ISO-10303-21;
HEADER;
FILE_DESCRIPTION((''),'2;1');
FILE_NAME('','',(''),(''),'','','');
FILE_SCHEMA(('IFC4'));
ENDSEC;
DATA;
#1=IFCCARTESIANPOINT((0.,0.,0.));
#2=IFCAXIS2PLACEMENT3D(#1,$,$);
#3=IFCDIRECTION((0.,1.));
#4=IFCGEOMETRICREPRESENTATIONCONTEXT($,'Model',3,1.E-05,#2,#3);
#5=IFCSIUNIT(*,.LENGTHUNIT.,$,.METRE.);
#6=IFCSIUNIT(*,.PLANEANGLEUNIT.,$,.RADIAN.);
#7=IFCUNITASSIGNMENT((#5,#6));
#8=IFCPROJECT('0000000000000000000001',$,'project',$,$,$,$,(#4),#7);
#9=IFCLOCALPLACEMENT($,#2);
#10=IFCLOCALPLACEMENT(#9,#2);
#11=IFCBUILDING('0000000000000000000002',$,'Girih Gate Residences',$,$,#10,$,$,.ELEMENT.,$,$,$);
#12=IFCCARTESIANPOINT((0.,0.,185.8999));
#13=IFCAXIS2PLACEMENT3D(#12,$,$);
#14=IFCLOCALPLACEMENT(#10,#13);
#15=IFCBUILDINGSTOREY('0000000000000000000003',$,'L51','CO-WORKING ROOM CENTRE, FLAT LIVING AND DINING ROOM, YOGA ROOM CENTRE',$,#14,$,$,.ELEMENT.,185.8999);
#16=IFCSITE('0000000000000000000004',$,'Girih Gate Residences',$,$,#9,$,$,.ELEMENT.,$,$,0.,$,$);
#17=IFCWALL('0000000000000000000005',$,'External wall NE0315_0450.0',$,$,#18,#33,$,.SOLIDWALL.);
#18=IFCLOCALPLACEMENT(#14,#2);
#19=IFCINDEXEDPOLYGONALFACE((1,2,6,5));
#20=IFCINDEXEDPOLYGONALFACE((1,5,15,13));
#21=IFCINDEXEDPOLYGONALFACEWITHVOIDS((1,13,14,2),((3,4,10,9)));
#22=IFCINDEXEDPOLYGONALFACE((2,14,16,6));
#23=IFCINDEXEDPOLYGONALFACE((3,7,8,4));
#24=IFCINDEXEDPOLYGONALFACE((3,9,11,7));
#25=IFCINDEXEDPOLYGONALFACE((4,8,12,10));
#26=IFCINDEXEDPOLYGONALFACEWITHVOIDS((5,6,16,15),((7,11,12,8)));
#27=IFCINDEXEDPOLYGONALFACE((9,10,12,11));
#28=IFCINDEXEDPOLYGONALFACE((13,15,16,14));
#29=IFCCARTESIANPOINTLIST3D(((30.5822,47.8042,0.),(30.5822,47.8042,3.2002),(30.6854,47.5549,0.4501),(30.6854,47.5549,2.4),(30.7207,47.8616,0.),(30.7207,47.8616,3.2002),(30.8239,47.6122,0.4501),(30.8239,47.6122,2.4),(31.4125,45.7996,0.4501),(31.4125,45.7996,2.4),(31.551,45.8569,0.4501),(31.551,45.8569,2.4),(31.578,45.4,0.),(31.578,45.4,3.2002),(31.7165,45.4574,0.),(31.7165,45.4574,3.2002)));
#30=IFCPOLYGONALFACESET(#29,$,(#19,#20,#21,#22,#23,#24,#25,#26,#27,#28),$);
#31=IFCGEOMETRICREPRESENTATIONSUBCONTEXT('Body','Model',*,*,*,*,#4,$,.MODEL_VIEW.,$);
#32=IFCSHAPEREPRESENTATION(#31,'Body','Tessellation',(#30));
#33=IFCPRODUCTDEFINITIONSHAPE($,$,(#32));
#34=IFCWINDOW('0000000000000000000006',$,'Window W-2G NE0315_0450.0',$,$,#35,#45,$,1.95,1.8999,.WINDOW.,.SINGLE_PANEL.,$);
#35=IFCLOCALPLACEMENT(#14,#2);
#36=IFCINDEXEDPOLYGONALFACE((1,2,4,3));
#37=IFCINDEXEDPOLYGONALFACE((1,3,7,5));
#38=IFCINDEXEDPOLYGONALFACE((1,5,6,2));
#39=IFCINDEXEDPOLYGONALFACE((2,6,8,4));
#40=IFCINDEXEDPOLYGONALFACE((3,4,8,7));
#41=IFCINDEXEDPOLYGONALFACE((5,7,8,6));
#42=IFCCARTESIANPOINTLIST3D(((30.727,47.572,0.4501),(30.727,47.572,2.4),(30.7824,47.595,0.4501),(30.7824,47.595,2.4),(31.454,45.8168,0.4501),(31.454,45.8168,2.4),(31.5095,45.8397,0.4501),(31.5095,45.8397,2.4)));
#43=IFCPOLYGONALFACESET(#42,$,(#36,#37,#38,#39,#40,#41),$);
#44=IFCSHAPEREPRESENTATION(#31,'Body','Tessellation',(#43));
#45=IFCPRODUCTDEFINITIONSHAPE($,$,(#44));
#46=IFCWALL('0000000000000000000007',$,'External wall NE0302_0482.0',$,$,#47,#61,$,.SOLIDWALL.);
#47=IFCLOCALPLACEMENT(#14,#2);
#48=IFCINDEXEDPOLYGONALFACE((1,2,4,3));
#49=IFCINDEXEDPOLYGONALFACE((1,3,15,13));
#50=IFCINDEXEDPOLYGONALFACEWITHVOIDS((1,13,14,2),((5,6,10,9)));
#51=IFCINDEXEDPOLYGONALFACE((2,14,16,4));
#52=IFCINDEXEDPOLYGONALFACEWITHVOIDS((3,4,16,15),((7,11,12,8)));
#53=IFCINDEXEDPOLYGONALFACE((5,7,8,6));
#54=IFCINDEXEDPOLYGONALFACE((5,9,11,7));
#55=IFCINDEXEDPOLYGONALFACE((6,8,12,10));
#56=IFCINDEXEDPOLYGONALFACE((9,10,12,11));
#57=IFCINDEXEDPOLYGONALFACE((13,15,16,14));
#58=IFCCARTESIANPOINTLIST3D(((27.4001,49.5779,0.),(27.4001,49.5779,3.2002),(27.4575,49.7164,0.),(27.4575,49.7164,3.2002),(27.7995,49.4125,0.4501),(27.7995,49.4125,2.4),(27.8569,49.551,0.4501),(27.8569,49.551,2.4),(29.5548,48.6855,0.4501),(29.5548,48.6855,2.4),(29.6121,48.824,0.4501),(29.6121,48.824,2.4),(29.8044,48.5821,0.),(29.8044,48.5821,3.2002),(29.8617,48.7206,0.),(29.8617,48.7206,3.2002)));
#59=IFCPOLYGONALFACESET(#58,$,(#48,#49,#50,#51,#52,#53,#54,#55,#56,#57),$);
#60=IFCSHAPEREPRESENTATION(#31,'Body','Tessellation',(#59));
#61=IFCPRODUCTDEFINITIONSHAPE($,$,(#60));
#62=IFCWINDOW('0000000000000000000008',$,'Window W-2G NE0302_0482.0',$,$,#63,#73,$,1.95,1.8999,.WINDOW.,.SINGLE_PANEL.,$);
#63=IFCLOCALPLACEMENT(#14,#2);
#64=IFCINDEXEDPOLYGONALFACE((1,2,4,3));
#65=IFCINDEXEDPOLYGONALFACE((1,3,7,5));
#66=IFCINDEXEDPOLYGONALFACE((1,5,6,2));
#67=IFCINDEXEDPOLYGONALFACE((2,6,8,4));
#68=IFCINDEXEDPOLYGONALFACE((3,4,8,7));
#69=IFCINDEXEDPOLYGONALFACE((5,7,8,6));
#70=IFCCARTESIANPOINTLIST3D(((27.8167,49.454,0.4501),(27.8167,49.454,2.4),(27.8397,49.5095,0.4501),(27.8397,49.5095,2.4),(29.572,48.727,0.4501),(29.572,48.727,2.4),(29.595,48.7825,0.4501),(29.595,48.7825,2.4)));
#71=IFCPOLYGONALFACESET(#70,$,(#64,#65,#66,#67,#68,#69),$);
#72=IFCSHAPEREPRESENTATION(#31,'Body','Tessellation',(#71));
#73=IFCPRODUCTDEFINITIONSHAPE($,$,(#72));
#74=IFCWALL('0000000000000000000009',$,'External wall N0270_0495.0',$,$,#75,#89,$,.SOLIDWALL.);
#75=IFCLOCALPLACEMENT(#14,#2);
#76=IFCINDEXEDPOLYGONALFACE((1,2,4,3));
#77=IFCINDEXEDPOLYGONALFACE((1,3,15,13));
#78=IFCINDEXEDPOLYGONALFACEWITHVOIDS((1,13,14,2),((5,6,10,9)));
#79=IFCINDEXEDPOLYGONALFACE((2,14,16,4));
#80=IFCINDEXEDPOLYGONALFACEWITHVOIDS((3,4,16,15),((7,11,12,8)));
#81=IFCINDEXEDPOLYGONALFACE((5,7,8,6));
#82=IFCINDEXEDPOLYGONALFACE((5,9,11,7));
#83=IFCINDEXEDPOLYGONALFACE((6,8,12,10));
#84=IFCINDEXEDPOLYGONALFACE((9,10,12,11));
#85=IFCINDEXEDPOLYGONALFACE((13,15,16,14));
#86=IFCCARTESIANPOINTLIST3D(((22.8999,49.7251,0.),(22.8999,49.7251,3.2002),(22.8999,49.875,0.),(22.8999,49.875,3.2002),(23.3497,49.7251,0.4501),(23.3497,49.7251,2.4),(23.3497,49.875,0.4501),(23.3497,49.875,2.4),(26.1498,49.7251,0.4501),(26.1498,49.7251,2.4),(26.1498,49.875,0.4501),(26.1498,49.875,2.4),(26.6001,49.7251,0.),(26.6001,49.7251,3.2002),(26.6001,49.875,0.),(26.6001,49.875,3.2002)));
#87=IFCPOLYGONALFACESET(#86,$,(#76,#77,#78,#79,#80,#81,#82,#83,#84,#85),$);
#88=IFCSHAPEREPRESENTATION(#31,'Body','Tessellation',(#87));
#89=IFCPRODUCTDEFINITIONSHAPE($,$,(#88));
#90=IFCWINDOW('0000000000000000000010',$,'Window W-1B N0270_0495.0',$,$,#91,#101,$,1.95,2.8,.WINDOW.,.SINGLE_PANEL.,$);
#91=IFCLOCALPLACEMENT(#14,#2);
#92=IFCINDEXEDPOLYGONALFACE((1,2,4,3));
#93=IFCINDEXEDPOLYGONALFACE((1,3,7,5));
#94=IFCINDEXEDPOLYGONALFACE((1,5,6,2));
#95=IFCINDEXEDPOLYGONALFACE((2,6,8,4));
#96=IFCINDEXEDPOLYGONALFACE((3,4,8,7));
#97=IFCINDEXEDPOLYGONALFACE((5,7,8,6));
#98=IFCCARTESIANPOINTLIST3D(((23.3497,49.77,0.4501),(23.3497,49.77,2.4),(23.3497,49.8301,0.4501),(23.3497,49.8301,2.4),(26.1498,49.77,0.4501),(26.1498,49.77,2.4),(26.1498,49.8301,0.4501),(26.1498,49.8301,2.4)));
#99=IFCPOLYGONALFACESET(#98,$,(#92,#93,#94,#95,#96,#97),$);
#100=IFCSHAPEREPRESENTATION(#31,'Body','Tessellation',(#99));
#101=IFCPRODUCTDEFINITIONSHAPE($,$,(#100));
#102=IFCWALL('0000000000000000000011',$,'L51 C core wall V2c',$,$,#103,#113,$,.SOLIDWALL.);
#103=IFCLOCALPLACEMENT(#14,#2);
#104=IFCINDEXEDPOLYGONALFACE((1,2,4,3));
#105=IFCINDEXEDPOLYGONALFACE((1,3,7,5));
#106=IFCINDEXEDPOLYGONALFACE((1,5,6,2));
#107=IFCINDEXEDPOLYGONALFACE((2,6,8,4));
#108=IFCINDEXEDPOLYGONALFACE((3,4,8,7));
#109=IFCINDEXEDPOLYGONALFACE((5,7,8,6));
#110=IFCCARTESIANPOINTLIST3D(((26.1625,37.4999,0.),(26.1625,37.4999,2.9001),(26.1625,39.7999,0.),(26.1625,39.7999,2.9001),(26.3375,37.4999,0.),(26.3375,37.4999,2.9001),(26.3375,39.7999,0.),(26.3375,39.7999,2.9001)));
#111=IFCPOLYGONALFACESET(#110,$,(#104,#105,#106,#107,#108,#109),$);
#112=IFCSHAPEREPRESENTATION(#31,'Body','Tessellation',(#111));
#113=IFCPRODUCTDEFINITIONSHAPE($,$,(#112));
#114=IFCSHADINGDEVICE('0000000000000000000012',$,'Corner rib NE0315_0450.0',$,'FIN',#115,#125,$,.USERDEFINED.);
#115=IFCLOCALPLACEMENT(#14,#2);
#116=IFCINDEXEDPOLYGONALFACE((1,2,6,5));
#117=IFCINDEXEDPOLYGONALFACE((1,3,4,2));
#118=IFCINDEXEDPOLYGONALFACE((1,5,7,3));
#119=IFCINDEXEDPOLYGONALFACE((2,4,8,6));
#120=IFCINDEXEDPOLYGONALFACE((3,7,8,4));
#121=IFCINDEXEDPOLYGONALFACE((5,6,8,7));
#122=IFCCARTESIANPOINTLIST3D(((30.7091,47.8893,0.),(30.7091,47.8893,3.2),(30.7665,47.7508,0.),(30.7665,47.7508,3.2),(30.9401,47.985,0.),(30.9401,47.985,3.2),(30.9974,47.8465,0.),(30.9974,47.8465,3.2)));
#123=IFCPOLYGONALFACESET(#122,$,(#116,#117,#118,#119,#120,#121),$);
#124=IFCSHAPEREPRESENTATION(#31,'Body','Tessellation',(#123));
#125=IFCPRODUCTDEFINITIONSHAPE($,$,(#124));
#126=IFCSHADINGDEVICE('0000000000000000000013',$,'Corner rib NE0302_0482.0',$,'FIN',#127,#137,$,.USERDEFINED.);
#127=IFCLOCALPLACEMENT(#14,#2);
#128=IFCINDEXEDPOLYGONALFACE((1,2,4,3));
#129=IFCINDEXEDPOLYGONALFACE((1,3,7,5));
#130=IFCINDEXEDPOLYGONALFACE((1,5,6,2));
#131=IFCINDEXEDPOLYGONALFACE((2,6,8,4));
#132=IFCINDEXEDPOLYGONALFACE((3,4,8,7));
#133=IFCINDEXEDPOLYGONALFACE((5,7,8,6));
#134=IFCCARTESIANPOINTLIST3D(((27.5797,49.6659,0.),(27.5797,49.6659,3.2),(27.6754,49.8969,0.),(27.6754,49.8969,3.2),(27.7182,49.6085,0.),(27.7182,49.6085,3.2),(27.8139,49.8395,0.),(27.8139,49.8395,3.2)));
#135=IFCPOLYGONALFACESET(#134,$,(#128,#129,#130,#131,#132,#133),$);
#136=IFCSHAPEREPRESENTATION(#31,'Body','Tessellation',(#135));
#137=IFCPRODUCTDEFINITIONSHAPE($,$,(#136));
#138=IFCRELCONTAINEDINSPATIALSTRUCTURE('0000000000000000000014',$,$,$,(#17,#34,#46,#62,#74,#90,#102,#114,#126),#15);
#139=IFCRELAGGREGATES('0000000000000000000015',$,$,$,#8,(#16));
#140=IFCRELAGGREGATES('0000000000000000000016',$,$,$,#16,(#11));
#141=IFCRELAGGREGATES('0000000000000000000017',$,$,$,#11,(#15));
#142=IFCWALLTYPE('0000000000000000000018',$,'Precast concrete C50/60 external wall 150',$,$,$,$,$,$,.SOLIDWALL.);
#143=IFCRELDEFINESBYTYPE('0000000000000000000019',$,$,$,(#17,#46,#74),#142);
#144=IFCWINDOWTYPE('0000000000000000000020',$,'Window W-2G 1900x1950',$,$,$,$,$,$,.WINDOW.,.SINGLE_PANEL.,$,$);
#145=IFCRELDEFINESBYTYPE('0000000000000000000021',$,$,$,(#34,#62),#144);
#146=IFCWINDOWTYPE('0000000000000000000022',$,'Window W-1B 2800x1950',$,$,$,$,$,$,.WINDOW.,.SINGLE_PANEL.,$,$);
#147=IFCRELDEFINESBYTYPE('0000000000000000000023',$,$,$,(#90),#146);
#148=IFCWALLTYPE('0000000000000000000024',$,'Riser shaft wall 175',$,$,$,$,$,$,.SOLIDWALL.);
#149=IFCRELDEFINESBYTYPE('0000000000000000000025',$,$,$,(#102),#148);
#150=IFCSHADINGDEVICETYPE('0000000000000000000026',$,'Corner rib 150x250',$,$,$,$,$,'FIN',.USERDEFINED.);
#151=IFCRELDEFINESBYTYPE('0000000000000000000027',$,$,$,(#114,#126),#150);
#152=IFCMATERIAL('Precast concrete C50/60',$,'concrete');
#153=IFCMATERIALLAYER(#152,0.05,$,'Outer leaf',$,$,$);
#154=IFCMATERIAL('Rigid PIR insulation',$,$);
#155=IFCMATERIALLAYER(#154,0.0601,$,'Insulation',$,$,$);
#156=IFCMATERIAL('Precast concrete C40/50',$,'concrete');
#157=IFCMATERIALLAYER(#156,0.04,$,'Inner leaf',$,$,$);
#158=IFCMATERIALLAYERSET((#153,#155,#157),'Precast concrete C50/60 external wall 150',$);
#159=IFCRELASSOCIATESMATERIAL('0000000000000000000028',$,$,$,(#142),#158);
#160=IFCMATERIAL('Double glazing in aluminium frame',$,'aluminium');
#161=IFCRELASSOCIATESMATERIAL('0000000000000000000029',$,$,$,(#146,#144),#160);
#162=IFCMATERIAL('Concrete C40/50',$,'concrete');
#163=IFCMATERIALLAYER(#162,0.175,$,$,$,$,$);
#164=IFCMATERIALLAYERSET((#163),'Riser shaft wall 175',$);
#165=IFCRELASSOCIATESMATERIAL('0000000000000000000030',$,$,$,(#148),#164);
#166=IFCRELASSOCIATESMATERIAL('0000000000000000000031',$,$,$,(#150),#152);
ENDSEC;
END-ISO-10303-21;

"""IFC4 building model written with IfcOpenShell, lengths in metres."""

from ifc_helpers import new_model, si_unit, direction, frame, frame_2d, origin, origin_2d, place, context, subcontext, project, spatial, rectangle, extrude, material, layer, layer_set, type_object, element, fill, save


model = new_model("IFC4")

# Units and contexts
model_context = context("Model", 3, precision=1e-05, world=origin(), true_north=direction((0.0, 1.0)))
body_context = subcontext(model_context, "Body", "Model", "MODEL_VIEW")
ifc_project = project(units=[si_unit("LENGTHUNIT", "METRE"), si_unit("PLANEANGLEUNIT", "RADIAN")], contexts=[model_context])

# Site, building, storey
site_placement = place(None, origin())
site = spatial("IfcSite", under=ifc_project, at=site_placement, Name="Girih Gate Residences", CompositionType="ELEMENT", RefElevation=0.0)
building_placement = place(site_placement, origin())
building = spatial("IfcBuilding", under=site, at=building_placement, Name="Girih Gate Residences", CompositionType="ELEMENT")
storey_placement = place(building_placement, frame((0.0, 0.0, 185.8999)))
storey = spatial("IfcBuildingStorey", under=building, at=storey_placement, Name="L51", Description="CO-WORKING ROOM CENTRE, FLAT LIVING AND DINING ROOM, YOGA ROOM CENTRE", CompositionType="ELEMENT", Elevation=185.8999)

# Walls, openings, windows
ifc_material_1 = material(Name="Precast concrete C50/60", Category="concrete")
ifc_layer_1 = layer(ifc_material_1, 0.05, Name="Outer leaf")
ifc_material_2 = material(Name="Rigid PIR insulation")
ifc_layer_2 = layer(ifc_material_2, 0.0601, Name="Insulation")
ifc_material_3 = material(Name="Precast concrete C40/50", Category="concrete")
ifc_layer_3 = layer(ifc_material_3, 0.04, Name="Inner leaf")
ifc_layer_set_1 = layer_set([ifc_layer_1, ifc_layer_2, ifc_layer_3], Name="Precast concrete C50/60 external wall 150")
wall_type_1 = type_object("IfcWallType", Name="Precast concrete C50/60 external wall 150", PredefinedType="SOLIDWALL", material=ifc_layer_set_1)
ifc_material_4 = material(Name="Double glazing in aluminium frame", Category="aluminium")
window_type_1 = type_object("IfcWindowType", Name="Window W-1B 2800x1950", PartitioningType="SINGLE_PANEL", PredefinedType="WINDOW", material=ifc_material_4)
wall_1_placement = place(storey_placement, frame((30.6514, 47.833, 0.0), z_axis=(0.0, 0.0, 1.0), x_axis=(0.382669, -0.923885, 0.0)))
wall_1 = element("IfcWall", 1, at=wall_1_placement, inside=storey, type_object=wall_type_1, Name="External wall NE0315_0450.0", PredefinedType="SOLIDWALL", context=body_context, shape_type="SweptSolid", body=[
    extrude(rectangle(XDim=2.6023, YDim=0.1499, at=frame_2d((1.3013, 0.0))), origin(), (0.0, 0.0, 1.0), 3.2002),
])
opening_1_placement = place(wall_1_placement, frame((0.27, 0.0, 0.45)))
opening_1 = element("IfcOpeningElement", 2, at=opening_1_placement, cuts=wall_1, PredefinedType="OPENING", context=body_context, shape_type="SweptSolid", body=[
    extrude(rectangle(XDim=1.8999, YDim=1.95, at=frame_2d((0.95, 0.9751))), frame((0.0, 0.085, 0.0), z_axis=(0.0, -1.0, 0.0), x_axis=(1.0, 0.0, 0.0)), (0.0, 0.0, 1.0), 0.1699),
])
window_type_2 = type_object("IfcWindowType", Name="Window W-2G 1900x1950", PartitioningType="SINGLE_PANEL", PredefinedType="WINDOW", material=ifc_material_4)
window_1_placement = place(opening_1_placement, origin())
window_1 = element("IfcWindow", 3, at=window_1_placement, inside=storey, type_object=window_type_2, Name="Window W-2G NE0315_0450.0", OverallHeight=1.95, OverallWidth=1.8999, PartitioningType="SINGLE_PANEL", PredefinedType="WINDOW", context=body_context, shape_type="SweptSolid", body=[
    extrude(rectangle(XDim=1.8999, YDim=1.95, at=frame_2d((0.95, 0.9751))), frame((0.0, 0.03, 0.0), z_axis=(0.0, -1.0, 0.0), x_axis=(1.0, 0.0, 0.0)), (0.0, 0.0, 1.0), 0.0601),
])
fill(opening_1, window_1)
wall_2_placement = place(storey_placement, frame((27.4287, 49.6472, 0.0), z_axis=(0.0, 0.0, 1.0), x_axis=(0.923885, -0.382669, 0.0)))
wall_2 = element("IfcWall", 4, at=wall_2_placement, inside=storey, type_object=wall_type_1, Name="External wall NE0302_0482.0", PredefinedType="SOLIDWALL", context=body_context, shape_type="SweptSolid", body=[
    extrude(rectangle(XDim=2.6023, YDim=0.1499, at=frame_2d((1.3013, 0.0))), origin(), (0.0, 0.0, 1.0), 3.2002),
])
opening_2_placement = place(wall_2_placement, frame((0.4324, 0.0, 0.45)))
opening_2 = element("IfcOpeningElement", 5, at=opening_2_placement, cuts=wall_2, PredefinedType="OPENING", context=body_context, shape_type="SweptSolid", body=[
    extrude(rectangle(XDim=1.8999, YDim=1.95, at=frame_2d((0.95, 0.9751))), frame((0.0, 0.085, 0.0), z_axis=(0.0, -1.0, 0.0), x_axis=(1.0, 0.0, 0.0)), (0.0, 0.0, 1.0), 0.1699),
])
window_2_placement = place(opening_2_placement, origin())
window_2 = element("IfcWindow", 6, at=window_2_placement, inside=storey, type_object=window_type_2, Name="Window W-2G NE0302_0482.0", OverallHeight=1.95, OverallWidth=1.8999, PartitioningType="SINGLE_PANEL", PredefinedType="WINDOW", context=body_context, shape_type="SweptSolid", body=[
    extrude(rectangle(XDim=1.8999, YDim=1.95, at=frame_2d((0.95, 0.9751))), frame((0.0, 0.03, 0.0), z_axis=(0.0, -1.0, 0.0), x_axis=(1.0, 0.0, 0.0)), (0.0, 0.0, 1.0), 0.0601),
])
fill(opening_2, window_2)
wall_3_placement = place(storey_placement, frame((22.8999, 49.8, 0.0), z_axis=(0.0, 0.0, 1.0), x_axis=(1.0, 0.0, 0.0)))
wall_3 = element("IfcWall", 7, at=wall_3_placement, inside=storey, type_object=wall_type_1, Name="External wall N0270_0495.0", PredefinedType="SOLIDWALL", context=body_context, shape_type="SweptSolid", body=[
    extrude(rectangle(XDim=3.7002, YDim=0.1499, at=frame_2d((1.8501, 0.0))), origin(), (0.0, 0.0, 1.0), 3.2002),
])
opening_3_placement = place(wall_3_placement, frame((0.45, 0.0, 0.45)))
opening_3 = element("IfcOpeningElement", 8, at=opening_3_placement, cuts=wall_3, PredefinedType="OPENING", context=body_context, shape_type="SweptSolid", body=[
    extrude(rectangle(XDim=2.8, YDim=1.95, at=frame_2d((1.3999, 0.9751))), frame((0.0, 0.085, 0.0), z_axis=(0.0, -1.0, 0.0), x_axis=(1.0, 0.0, 0.0)), (0.0, 0.0, 1.0), 0.1699),
])
window_3_placement = place(opening_3_placement, origin())
window_3 = element("IfcWindow", 9, at=window_3_placement, inside=storey, type_object=window_type_1, Name="Window W-1B N0270_0495.0", OverallHeight=1.95, OverallWidth=2.8, PartitioningType="SINGLE_PANEL", PredefinedType="WINDOW", context=body_context, shape_type="SweptSolid", body=[
    extrude(rectangle(XDim=2.8, YDim=1.95, at=frame_2d((1.3999, 0.9751))), frame((0.0, 0.03, 0.0), z_axis=(0.0, -1.0, 0.0), x_axis=(1.0, 0.0, 0.0)), (0.0, 0.0, 1.0), 0.0601),
])
fill(opening_3, window_3)

# Wall
ifc_material_5 = material(Name="Concrete C40/50", Category="concrete")
ifc_layer_4 = layer(ifc_material_5, 0.175)
ifc_layer_set_2 = layer_set([ifc_layer_4], Name="Riser shaft wall 175")
wall_type_2 = type_object("IfcWallType", Name="Riser shaft wall 175", PredefinedType="SOLIDWALL", material=ifc_layer_set_2)
wall_4_placement = place(storey_placement, frame((26.25, 37.5, 0.0), z_axis=(0.0, 0.0, 1.0), x_axis=(0.0, 1.0, 0.0)))
element("IfcWall", 10, at=wall_4_placement, inside=storey, type_object=wall_type_2, Name="L51 C core wall V2c", PredefinedType="SOLIDWALL", context=body_context, shape_type="SweptSolid", body=[
    extrude(rectangle(XDim=2.3, YDim=0.175, at=frame_2d((1.1499, 0.0))), origin(), (0.0, 0.0, 1.0), 2.9001),
])

# Shading devices
shading_device_type = type_object("IfcShadingDeviceType", Name="Corner rib 150x250", ElementType="FIN", PredefinedType="USERDEFINED", material=ifc_material_1)
for number, where, z_axis, x_axis, name in (
    (11, (30.8533, 47.8679, 0.0), (0.0, 0.0, 1.0), (-0.382683, 0.92388, 0.0), "Corner rib NE0315_0450.0"),
    (12, (27.6968, 49.7527, 0.0), (0.0, 0.0, 1.0), (-0.92388, 0.382683, 0.0), "Corner rib NE0302_0482.0"),
):
    element("IfcShadingDevice", number, at=place(storey_placement, frame(where, z_axis=z_axis, x_axis=x_axis)), inside=storey, type_object=shading_device_type, Name=name, ObjectType="FIN", PredefinedType="USERDEFINED", context=body_context, shape_type="SweptSolid", body=[
        extrude(rectangle(XDim=0.1499, YDim=0.25, at=origin_2d()), origin(), (0.0, 0.0, 1.0), 3.2),
    ])

save(model, "model.ifc")
